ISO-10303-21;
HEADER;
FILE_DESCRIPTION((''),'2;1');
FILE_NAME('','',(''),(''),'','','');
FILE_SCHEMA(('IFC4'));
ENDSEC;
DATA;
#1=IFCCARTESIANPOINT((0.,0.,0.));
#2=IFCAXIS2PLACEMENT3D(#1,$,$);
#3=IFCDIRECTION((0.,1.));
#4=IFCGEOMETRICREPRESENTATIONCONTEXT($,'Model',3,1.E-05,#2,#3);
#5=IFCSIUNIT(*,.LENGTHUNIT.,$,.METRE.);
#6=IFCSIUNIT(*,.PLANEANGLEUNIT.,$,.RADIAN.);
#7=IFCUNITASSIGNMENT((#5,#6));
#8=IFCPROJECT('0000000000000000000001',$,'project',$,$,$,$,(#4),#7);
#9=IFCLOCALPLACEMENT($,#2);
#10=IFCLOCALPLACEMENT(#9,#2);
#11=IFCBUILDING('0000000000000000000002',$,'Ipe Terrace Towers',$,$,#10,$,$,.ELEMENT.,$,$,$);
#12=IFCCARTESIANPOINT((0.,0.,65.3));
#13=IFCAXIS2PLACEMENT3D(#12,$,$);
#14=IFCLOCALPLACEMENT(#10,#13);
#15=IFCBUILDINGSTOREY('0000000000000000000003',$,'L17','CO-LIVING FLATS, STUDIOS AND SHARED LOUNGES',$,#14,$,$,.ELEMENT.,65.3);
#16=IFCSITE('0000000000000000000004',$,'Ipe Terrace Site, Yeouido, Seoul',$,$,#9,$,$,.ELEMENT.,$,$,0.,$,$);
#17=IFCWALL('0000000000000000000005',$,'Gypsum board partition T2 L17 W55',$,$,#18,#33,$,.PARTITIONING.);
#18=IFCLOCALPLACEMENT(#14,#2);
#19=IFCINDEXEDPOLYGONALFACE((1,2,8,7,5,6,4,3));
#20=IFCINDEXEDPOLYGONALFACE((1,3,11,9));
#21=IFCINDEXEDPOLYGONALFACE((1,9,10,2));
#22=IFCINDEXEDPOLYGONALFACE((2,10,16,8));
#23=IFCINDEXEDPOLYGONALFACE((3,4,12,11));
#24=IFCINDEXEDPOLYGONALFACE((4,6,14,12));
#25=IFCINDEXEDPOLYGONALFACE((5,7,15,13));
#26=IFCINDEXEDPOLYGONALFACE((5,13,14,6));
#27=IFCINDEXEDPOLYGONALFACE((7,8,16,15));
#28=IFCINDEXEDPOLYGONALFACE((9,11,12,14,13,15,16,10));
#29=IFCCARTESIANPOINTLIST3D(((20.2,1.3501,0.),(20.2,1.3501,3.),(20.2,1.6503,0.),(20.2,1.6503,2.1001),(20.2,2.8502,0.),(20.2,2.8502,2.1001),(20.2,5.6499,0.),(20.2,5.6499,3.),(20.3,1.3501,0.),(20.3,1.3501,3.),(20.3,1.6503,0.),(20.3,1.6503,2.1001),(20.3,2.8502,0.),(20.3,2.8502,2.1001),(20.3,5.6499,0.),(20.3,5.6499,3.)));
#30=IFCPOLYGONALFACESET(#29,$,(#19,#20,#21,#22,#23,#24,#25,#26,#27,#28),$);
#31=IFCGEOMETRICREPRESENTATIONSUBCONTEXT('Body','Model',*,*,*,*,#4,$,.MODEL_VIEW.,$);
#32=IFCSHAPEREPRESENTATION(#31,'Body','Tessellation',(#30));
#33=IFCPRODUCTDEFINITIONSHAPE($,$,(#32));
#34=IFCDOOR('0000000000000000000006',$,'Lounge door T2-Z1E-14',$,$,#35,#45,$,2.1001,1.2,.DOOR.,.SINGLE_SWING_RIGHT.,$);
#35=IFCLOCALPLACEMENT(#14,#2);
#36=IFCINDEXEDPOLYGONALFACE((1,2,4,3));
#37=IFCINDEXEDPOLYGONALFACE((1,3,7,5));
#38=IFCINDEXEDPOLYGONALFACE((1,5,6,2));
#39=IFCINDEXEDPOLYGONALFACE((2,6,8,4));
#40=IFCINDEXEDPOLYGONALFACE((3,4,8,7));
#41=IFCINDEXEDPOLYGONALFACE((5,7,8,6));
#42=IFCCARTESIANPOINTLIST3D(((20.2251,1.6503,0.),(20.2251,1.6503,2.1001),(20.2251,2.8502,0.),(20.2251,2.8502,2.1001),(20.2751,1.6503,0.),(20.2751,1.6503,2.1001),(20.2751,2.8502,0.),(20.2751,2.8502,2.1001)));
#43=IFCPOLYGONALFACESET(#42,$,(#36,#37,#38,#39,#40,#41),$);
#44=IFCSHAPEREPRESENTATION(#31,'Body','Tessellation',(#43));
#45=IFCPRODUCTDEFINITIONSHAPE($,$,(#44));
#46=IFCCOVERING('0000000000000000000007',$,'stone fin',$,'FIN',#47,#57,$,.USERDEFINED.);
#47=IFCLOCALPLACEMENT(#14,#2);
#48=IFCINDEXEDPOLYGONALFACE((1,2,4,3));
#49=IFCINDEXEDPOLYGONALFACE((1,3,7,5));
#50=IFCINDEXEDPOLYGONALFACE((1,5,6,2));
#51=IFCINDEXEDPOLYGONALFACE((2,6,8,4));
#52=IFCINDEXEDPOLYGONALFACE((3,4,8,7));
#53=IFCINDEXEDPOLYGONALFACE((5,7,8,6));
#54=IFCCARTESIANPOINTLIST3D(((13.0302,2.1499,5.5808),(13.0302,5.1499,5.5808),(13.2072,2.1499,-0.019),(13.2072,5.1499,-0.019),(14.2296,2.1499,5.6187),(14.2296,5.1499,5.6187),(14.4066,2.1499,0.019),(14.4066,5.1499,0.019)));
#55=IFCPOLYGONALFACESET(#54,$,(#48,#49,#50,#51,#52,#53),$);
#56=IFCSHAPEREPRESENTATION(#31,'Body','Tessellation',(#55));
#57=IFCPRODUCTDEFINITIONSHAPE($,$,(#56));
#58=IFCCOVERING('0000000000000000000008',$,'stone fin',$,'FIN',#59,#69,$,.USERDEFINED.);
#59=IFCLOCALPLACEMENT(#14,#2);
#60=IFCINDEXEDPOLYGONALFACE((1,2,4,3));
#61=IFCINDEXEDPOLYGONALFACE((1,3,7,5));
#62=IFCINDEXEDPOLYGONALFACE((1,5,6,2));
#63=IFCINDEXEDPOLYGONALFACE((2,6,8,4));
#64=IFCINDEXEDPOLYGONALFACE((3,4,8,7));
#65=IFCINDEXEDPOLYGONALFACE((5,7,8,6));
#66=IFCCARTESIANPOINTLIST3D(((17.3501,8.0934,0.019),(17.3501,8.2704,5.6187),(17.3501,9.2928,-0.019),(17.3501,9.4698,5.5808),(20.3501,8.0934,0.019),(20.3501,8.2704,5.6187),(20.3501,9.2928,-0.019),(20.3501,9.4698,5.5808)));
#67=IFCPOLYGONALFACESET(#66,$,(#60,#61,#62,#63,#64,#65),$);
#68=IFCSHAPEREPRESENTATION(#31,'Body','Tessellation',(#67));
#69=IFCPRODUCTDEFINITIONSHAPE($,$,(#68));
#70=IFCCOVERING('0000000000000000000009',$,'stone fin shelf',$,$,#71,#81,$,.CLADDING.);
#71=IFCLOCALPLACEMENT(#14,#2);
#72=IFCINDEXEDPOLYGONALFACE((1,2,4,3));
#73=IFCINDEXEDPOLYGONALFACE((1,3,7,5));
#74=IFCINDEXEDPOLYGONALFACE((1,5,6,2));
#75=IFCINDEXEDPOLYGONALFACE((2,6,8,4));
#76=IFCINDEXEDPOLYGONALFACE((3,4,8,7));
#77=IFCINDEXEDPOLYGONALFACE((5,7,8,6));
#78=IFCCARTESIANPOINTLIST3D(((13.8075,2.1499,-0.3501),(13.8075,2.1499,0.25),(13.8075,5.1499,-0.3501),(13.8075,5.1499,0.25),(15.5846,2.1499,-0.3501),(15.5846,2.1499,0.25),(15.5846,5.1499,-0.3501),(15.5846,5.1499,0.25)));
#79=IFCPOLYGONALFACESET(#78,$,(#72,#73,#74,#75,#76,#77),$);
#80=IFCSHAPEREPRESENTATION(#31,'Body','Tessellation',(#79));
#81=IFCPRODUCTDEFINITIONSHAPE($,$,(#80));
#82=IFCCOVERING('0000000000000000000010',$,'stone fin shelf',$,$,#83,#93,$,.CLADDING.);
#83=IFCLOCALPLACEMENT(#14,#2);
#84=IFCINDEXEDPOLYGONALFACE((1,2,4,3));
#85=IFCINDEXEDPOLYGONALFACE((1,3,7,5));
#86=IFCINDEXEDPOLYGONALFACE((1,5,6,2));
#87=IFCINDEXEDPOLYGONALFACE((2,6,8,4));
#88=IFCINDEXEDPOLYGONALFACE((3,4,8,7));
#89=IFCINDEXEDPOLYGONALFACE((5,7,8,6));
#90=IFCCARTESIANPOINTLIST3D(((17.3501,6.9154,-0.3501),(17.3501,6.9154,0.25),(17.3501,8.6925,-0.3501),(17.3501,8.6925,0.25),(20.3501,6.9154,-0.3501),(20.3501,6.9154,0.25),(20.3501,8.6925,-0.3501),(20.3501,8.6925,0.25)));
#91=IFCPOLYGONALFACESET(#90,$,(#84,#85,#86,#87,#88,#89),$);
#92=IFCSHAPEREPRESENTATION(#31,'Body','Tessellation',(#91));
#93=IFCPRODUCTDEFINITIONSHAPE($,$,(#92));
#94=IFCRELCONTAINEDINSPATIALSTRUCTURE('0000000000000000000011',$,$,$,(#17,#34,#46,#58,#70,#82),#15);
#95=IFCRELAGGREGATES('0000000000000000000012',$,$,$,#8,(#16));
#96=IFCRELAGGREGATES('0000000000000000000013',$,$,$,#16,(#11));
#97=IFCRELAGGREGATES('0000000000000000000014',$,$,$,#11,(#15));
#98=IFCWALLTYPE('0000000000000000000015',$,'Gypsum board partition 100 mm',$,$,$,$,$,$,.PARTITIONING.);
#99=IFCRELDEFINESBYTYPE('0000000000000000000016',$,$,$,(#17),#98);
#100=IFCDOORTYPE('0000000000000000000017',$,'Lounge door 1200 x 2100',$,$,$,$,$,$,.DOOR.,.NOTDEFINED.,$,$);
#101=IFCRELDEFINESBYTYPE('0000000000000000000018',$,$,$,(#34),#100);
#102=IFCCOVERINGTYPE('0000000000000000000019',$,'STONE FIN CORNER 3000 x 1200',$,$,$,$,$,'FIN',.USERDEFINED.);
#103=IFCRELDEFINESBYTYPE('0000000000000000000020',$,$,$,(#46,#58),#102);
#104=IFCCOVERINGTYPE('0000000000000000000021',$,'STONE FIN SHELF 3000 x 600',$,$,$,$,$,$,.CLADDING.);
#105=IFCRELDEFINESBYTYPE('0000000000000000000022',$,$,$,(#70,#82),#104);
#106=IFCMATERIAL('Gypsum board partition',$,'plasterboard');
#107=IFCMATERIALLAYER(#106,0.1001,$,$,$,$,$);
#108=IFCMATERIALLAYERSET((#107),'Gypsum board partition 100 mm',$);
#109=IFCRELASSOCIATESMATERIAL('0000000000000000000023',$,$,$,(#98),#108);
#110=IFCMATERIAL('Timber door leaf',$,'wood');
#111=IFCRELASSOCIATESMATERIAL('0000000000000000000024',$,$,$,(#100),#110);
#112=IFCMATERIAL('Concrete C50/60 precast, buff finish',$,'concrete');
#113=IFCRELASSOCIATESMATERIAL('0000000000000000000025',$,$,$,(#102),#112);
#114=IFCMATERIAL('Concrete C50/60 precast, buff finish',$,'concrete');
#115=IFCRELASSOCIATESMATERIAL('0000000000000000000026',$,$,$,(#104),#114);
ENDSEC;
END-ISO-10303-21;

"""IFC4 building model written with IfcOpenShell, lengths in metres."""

from ifc_helpers import new_model, si_unit, direction, frame, frame_2d, origin, origin_2d, place, context, subcontext, project, spatial, rectangle, extrude, material, layer, layer_set, material_profile, profile_set, type_object, element, fill, save


model = new_model("IFC4")

# Units and contexts
model_context = context("Model", 3, precision=1e-05, world=origin(), true_north=direction((0.0, 1.0)))
body_context = subcontext(model_context, "Body", "Model", "MODEL_VIEW")
ifc_project = project(units=[si_unit("LENGTHUNIT", "METRE"), si_unit("PLANEANGLEUNIT", "RADIAN")], contexts=[model_context])

# Site, building, storey
site_placement = place(None, origin())
site = spatial("IfcSite", under=ifc_project, at=site_placement, Name="Ipe Terrace Site, Yeouido, Seoul", CompositionType="ELEMENT", RefElevation=0.0)
building_placement = place(site_placement, origin())
building = spatial("IfcBuilding", under=site, at=building_placement, Name="Ipe Terrace Towers", CompositionType="ELEMENT")
storey_placement = place(building_placement, frame((0.0, 0.0, 65.3)))
storey = spatial("IfcBuildingStorey", under=building, at=storey_placement, Name="L17", Description="CO-LIVING FLATS, STUDIOS AND SHARED LOUNGES", CompositionType="ELEMENT", Elevation=65.3)

# Wall, opening, door
ifc_material_1 = material(Name="Gypsum board partition", Category="plasterboard")
ifc_layer_1 = layer(ifc_material_1, 0.1001)
ifc_layer_set_1 = layer_set([ifc_layer_1], Name="Gypsum board partition 100 mm")
wall_type_1 = type_object("IfcWallType", Name="Gypsum board partition 100 mm", PredefinedType="PARTITIONING", material=ifc_layer_set_1)
wall_1_placement = place(storey_placement, frame((20.25, 1.3501, 0.0), z_axis=(0.0, 0.0, 1.0), x_axis=(0.0, 1.0, 0.0)))
wall_1 = element("IfcWall", 1, at=wall_1_placement, inside=storey, type_object=wall_type_1, Name="Gypsum board partition T2 L17 W55", PredefinedType="PARTITIONING", context=body_context, shape_type="SweptSolid", body=[
    extrude(rectangle(XDim=4.2998, YDim=0.1001, at=frame_2d((2.1499, 0.0))), origin(), (0.0, 0.0, 1.0), 3.0),
])
opening_placement = place(wall_1_placement, frame((0.3, 0.0, 0.0)))
opening = element("IfcOpeningElement", 2, at=opening_placement, cuts=wall_1, PredefinedType="OPENING", context=body_context, shape_type="SweptSolid", body=[
    extrude(rectangle(XDim=1.2, YDim=2.1001, at=frame_2d((0.6001, 1.05))), frame((0.0, 0.0601, 0.0), z_axis=(0.0, -1.0, 0.0), x_axis=(1.0, 0.0, 0.0)), (0.0, 0.0, 1.0), 0.1201),
])
ifc_material_2 = material(Name="Timber door leaf", Category="wood")
door_type = type_object("IfcDoorType", Name="Lounge door 1200 x 2100", OperationType="NOTDEFINED", PredefinedType="DOOR", material=ifc_material_2)
door_placement = place(opening_placement, origin())
door = element("IfcDoor", 3, at=door_placement, inside=storey, type_object=door_type, Name="Lounge door T2-Z1E-14", OperationType="SINGLE_SWING_RIGHT", OverallHeight=2.1001, OverallWidth=1.2, PredefinedType="DOOR", context=body_context, shape_type="SweptSolid", body=[
    extrude(rectangle(XDim=1.2, YDim=2.1001, at=frame_2d((0.6001, 1.05))), frame((0.0, 0.0249, 0.0), z_axis=(0.0, -1.0, 0.0), x_axis=(1.0, 0.0, 0.0)), (0.0, 0.0, 1.0), 0.05),
])
fill(opening, door)

# Coverings
ifc_material_3 = material(Name="Concrete C50/60 precast, buff finish", Category="concrete")
ifc_material_profile_1 = material_profile(ifc_material_3, rectangle(XDim=3.0, YDim=1.2, at=origin_2d()), Name="STONE FIN CORNER 3000 x 1200")
ifc_profile_set_1 = profile_set([ifc_material_profile_1], Name="Concrete C50/60 precast, buff finish")
covering_type_1 = type_object("IfcCoveringType", Name="STONE FIN CORNER 3000 x 1200", ElementType="FIN", PredefinedType="USERDEFINED", material=ifc_profile_set_1)
for number, where, z_axis, x_axis, name in (
    (4, (13.8069, 3.6499, 0.0), (-0.031593, 0.0, 0.999501), (0.0, -1.0, 0.0), "stone fin"),
    (5, (18.8501, 8.6931, 0.0), (0.0, 0.031593, 0.999501), (-1.0, 0.0, 0.0), "stone fin"),
):
    element("IfcCovering", number, at=place(storey_placement, frame(where, z_axis=z_axis, x_axis=x_axis)), inside=storey, type_object=covering_type_1, Name=name, ObjectType="FIN", PredefinedType="USERDEFINED", context=body_context, shape_type="SweptSolid", body=[
        extrude(rectangle(XDim=3.0, YDim=1.2, at=origin_2d()), origin(), (0.0, 0.0, 1.0), 5.6025),
    ])
ifc_material_4 = material(Name="Concrete C50/60 precast, buff finish", Category="concrete")
covering_type_2 = type_object("IfcCoveringType", Name="STONE FIN SHELF 3000 x 600", PredefinedType="CLADDING", material=ifc_material_4)
for number, where, z_axis, x_axis, name in (
    (6, (14.696, 3.6499, -0.3501), (0.0, 0.0, 1.0), (0.0, -1.0, 0.0), "stone fin shelf"),
    (7, (18.8501, 7.804, -0.3501), (0.0, 0.0, 1.0), (-1.0, 0.0, 0.0), "stone fin shelf"),
):
    element("IfcCovering", number, at=place(storey_placement, frame(where, z_axis=z_axis, x_axis=x_axis)), inside=storey, type_object=covering_type_2, Name=name, PredefinedType="CLADDING", context=body_context, shape_type="SweptSolid", body=[
        extrude(rectangle(XDim=3.0, YDim=1.7771, at=origin_2d()), origin(), (0.0, 0.0, 1.0), 0.6001),
    ])

save(model, "model.ifc")
